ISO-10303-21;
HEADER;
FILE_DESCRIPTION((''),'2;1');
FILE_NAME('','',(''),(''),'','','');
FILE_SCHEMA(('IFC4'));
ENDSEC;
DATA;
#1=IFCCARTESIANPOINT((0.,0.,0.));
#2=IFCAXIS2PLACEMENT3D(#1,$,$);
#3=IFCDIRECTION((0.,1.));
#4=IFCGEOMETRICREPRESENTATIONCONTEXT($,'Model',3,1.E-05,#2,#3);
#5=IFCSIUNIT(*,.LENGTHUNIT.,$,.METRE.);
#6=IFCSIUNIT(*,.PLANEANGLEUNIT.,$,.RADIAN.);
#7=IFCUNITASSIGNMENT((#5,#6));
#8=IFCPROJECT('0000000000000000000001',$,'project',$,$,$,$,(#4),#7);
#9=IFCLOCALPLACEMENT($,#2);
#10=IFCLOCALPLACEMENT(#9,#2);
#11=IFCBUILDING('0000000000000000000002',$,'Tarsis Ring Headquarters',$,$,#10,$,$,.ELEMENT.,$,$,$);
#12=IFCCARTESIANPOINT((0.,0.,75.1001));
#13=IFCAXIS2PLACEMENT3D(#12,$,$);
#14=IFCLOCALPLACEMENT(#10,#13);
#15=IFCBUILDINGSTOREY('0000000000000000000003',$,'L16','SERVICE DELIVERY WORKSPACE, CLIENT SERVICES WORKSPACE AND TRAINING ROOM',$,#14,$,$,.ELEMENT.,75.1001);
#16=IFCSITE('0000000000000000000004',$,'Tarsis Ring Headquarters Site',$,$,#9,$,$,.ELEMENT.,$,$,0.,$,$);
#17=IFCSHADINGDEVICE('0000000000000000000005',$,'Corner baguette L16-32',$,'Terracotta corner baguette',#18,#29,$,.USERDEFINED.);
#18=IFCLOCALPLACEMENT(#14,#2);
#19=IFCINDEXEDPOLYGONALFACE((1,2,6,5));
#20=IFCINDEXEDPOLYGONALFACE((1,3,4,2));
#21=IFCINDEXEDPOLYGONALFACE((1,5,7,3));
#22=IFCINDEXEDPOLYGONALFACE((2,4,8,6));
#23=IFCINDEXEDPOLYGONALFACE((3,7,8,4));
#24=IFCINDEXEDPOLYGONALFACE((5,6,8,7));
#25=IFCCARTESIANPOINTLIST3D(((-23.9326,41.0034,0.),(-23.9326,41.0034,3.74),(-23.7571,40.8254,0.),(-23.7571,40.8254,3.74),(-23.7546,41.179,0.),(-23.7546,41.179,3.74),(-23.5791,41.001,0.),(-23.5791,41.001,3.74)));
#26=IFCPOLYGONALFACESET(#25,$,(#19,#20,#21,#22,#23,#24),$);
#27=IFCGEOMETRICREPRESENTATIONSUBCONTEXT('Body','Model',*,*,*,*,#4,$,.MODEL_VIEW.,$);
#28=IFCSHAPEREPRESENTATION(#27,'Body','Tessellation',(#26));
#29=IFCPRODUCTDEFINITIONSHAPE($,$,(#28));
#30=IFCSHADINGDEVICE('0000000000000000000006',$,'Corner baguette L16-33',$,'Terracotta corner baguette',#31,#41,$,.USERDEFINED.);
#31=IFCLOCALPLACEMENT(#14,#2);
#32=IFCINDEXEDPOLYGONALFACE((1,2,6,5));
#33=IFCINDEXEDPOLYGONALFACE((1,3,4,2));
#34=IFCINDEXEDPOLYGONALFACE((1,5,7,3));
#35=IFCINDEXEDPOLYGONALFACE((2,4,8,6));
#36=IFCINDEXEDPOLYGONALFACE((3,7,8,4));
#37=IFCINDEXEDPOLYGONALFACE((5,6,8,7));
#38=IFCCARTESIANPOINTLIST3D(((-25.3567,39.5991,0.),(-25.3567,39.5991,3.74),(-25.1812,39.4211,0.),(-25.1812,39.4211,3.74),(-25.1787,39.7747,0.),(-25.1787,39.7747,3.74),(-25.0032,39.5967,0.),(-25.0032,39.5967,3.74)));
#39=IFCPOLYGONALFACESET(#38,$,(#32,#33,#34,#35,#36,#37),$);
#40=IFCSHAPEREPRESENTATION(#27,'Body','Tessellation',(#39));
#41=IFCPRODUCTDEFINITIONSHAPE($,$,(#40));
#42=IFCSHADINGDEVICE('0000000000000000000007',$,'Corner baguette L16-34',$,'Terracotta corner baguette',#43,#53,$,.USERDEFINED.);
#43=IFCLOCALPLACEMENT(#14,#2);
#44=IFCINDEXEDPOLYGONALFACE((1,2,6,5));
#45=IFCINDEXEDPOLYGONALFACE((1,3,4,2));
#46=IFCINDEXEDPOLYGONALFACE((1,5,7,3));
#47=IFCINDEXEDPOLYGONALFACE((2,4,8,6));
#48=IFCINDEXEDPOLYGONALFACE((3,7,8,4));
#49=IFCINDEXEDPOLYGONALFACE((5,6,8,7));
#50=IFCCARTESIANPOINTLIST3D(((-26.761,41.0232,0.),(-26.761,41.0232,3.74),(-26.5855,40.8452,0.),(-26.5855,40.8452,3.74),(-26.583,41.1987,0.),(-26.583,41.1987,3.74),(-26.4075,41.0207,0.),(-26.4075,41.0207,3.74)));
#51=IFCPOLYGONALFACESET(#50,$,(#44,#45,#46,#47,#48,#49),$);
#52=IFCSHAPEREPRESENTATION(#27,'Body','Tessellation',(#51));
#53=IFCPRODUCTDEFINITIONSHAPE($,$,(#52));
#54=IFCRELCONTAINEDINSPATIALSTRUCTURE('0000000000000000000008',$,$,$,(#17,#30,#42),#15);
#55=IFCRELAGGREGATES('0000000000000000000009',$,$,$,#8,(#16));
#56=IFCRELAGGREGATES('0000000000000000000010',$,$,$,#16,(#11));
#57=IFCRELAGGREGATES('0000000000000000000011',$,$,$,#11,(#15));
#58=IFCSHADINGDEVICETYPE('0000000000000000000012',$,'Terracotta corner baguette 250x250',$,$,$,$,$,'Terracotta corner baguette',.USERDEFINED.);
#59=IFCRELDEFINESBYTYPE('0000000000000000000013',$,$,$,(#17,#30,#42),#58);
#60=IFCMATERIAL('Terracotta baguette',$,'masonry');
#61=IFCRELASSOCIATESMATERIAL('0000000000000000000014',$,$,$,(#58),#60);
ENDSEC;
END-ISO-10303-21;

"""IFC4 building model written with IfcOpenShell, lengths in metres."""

from ifc_helpers import new_model, si_unit, direction, frame, origin, origin_2d, place, context, subcontext, project, spatial, rectangle, extrude, material, type_object, element, save


model = new_model("IFC4")

# Units and contexts
model_context = context("Model", 3, precision=1e-05, world=origin(), true_north=direction((0.0, 1.0)))
body_context = subcontext(model_context, "Body", "Model", "MODEL_VIEW")
ifc_project = project(units=[si_unit("LENGTHUNIT", "METRE"), si_unit("PLANEANGLEUNIT", "RADIAN")], contexts=[model_context])

# Site, building, storey
site_placement = place(None, origin())
site = spatial("IfcSite", under=ifc_project, at=site_placement, Name="Tarsis Ring Headquarters Site", CompositionType="ELEMENT", RefElevation=0.0)
building_placement = place(site_placement, origin())
building = spatial("IfcBuilding", under=site, at=building_placement, Name="Tarsis Ring Headquarters", CompositionType="ELEMENT")
storey_placement = place(building_placement, frame((0.0, 0.0, 75.1001)))
storey = spatial("IfcBuildingStorey", under=building, at=storey_placement, Name="L16", Description="SERVICE DELIVERY WORKSPACE, CLIENT SERVICES WORKSPACE AND TRAINING ROOM", CompositionType="ELEMENT", Elevation=75.1001)

# Shading devices
ifc_material_1 = material(Name="Terracotta baguette", Category="masonry")
shading_device_type_1 = type_object("IfcShadingDeviceType", Name="Terracotta corner baguette 250x250", ElementType="Terracotta corner baguette", PredefinedType="USERDEFINED", material=ifc_material_1)
for number, where, z_axis, x_axis, name in (
    (1, (-23.7559, 41.0022, 0.0), (0.0, 0.0, 1.0), (-0.702153, 0.712026, 0.0), "Corner baguette L16-32"),
    (2, (-25.1799, 39.5979, 0.0), (0.0, 0.0, 1.0), (-0.712026, -0.702153, 0.0), "Corner baguette L16-33"),
    (3, (-26.5842, 41.022, 0.0), (0.0, 0.0, 1.0), (-0.702153, 0.712026, 0.0), "Corner baguette L16-34"),
):
    element("IfcShadingDevice", number, at=place(storey_placement, frame(where, z_axis=z_axis, x_axis=x_axis)), inside=storey, type_object=shading_device_type_1, Name=name, ObjectType="Terracotta corner baguette", PredefinedType="USERDEFINED", context=body_context, shape_type="SweptSolid", body=[
        extrude(rectangle(XDim=0.25, YDim=0.25, at=origin_2d()), origin(), (0.0, 0.0, 1.0), 3.74),
    ])

save(model, "model.ifc")
